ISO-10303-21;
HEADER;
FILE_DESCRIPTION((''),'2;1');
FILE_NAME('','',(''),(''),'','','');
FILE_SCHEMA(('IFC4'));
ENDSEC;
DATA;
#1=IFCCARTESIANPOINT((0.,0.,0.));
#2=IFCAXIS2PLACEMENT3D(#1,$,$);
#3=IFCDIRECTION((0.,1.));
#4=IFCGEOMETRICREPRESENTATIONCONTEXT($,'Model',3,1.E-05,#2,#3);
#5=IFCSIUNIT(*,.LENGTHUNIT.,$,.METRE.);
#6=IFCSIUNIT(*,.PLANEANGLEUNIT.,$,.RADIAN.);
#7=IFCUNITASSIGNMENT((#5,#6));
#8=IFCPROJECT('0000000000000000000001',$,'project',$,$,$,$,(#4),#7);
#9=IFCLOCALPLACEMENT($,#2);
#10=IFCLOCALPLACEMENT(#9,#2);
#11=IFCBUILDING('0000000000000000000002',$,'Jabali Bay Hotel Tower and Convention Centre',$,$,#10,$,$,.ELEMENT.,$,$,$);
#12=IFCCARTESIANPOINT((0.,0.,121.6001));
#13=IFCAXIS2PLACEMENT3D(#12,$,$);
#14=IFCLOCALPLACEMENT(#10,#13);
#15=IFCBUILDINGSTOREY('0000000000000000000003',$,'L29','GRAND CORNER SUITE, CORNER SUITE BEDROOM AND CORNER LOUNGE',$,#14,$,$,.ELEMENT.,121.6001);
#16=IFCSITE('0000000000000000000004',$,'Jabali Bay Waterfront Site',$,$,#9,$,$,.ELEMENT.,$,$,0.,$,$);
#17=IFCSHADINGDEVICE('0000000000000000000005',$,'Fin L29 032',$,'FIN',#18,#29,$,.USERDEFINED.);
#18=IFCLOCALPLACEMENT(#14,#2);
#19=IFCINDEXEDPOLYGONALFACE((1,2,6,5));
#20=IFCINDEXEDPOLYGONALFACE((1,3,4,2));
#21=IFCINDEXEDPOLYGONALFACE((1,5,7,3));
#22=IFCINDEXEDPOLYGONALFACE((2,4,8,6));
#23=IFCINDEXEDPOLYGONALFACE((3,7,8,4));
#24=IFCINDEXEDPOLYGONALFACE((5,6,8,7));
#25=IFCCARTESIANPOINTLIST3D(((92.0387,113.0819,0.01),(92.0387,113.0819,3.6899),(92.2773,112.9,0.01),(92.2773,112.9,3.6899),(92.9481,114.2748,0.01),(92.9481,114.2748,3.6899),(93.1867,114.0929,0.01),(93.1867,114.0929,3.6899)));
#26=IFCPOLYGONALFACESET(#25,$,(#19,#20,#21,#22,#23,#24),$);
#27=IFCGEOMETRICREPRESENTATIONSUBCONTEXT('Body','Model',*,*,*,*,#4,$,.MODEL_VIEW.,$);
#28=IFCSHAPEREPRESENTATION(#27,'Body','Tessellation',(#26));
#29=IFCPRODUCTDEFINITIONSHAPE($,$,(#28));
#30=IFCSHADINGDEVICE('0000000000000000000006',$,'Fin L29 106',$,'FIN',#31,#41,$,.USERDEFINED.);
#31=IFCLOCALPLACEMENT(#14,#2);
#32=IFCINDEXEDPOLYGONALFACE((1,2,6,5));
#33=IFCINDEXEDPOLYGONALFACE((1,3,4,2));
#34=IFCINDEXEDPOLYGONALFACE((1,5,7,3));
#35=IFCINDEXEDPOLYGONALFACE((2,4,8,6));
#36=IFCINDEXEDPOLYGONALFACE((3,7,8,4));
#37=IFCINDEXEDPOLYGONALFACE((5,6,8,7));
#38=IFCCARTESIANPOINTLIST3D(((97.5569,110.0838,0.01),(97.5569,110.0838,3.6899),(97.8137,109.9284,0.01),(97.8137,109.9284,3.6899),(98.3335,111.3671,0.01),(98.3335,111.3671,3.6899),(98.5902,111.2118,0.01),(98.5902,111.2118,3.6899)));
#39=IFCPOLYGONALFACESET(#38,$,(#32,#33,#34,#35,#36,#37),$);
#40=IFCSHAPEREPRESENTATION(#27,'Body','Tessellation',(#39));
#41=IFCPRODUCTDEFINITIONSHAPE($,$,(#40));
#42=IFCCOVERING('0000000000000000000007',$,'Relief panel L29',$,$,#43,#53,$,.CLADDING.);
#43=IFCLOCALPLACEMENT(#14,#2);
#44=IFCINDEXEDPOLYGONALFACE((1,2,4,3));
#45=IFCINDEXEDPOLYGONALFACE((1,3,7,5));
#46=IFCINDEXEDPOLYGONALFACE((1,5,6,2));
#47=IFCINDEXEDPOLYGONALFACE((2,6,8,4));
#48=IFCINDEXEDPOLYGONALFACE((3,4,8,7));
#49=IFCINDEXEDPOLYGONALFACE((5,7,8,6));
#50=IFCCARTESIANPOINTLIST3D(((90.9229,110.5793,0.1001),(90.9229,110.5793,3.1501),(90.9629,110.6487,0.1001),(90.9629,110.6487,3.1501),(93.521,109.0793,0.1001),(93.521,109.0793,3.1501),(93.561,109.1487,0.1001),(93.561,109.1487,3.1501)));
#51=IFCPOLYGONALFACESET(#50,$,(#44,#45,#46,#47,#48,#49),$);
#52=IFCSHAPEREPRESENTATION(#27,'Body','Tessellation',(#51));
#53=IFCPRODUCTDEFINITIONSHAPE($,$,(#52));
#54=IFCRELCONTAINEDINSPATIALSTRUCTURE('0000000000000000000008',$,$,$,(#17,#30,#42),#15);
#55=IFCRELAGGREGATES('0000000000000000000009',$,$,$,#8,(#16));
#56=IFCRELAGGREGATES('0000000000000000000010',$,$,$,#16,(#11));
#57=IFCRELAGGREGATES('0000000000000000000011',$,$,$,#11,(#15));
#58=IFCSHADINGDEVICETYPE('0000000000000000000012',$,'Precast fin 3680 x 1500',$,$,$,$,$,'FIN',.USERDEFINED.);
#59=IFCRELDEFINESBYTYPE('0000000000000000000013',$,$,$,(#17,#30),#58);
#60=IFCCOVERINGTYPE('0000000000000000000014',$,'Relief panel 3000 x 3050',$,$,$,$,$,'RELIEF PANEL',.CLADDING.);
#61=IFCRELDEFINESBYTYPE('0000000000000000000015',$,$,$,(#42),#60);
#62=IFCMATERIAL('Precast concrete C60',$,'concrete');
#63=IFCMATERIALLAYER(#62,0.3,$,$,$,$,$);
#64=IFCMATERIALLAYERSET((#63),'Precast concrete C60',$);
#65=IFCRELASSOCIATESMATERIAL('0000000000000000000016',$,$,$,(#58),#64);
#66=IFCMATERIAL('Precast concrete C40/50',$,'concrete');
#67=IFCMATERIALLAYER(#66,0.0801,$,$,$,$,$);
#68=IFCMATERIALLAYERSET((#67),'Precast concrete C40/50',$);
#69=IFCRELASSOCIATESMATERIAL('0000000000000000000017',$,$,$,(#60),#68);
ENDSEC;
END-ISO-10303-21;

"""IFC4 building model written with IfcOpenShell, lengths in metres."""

from ifc_helpers import new_model, si_unit, direction, frame, frame_2d, origin, origin_2d, place, context, subcontext, project, spatial, rectangle, extrude, material, layer, layer_set, type_object, element, save


model = new_model("IFC4")

# Units and contexts
model_context = context("Model", 3, precision=1e-05, world=origin(), true_north=direction((0.0, 1.0)))
body_context = subcontext(model_context, "Body", "Model", "MODEL_VIEW")
ifc_project = project(units=[si_unit("LENGTHUNIT", "METRE"), si_unit("PLANEANGLEUNIT", "RADIAN")], contexts=[model_context])

# Site, building, storey
site_placement = place(None, origin())
site = spatial("IfcSite", under=ifc_project, at=site_placement, Name="Jabali Bay Waterfront Site", CompositionType="ELEMENT", RefElevation=0.0)
building_placement = place(site_placement, origin())
building = spatial("IfcBuilding", under=site, at=building_placement, Name="Jabali Bay Hotel Tower and Convention Centre", CompositionType="ELEMENT")
storey_placement = place(building_placement, frame((0.0, 0.0, 121.6001)))
storey = spatial("IfcBuildingStorey", under=building, at=storey_placement, Name="L29", Description="GRAND CORNER SUITE, CORNER SUITE BEDROOM AND CORNER LOUNGE", CompositionType="ELEMENT", Elevation=121.6001)

# Shading devices
ifc_material_1 = material(Name="Precast concrete C60", Category="concrete")
ifc_layer_1 = layer(ifc_material_1, 0.3)
ifc_layer_set_1 = layer_set([ifc_layer_1], Name="Precast concrete C60")
shading_device_type = type_object("IfcShadingDeviceType", Name="Precast fin 3680 x 1500", ElementType="FIN", PredefinedType="USERDEFINED", material=ifc_layer_set_1)
for number, where, z_axis, x_axis, name in (
    (1, (92.158, 112.991, 0.01), (0.0, 0.0, 1.0), (0.606283, 0.795249, 0.0), "Fin L29 032"),
    (2, (97.6853, 110.0061, 0.01), (0.0, 0.0, 1.0), (0.517699, 0.855563, 0.0), "Fin L29 106"),
):
    element("IfcShadingDevice", number, at=place(storey_placement, frame(where, z_axis=z_axis, x_axis=x_axis)), inside=storey, type_object=shading_device_type, Name=name, ObjectType="FIN", PredefinedType="USERDEFINED", context=body_context, shape_type="SweptSolid", body=[
        extrude(rectangle(XDim=1.5, YDim=0.3, at=frame_2d((0.75, 0.0))), origin(), (0.0, 0.0, 1.0), 3.6799),
    ])

# Covering
ifc_material_2 = material(Name="Precast concrete C40/50", Category="concrete")
ifc_layer_2 = layer(ifc_material_2, 0.0801)
ifc_layer_set_2 = layer_set([ifc_layer_2], Name="Precast concrete C40/50")
covering_type = type_object("IfcCoveringType", Name="Relief panel 3000 x 3050", ElementType="RELIEF PANEL", PredefinedType="CLADDING", material=ifc_layer_set_2)
covering_placement = place(storey_placement, frame((92.2419, 109.864, 0.1001), z_axis=(0.0, 0.0, 1.0), x_axis=(0.866025, -0.5, 0.0)))
element("IfcCovering", 3, at=covering_placement, inside=storey, type_object=covering_type, Name="Relief panel L29", PredefinedType="CLADDING", context=body_context, shape_type="SweptSolid", body=[
    extrude(rectangle(XDim=3.0, YDim=0.0801, at=origin_2d()), origin(), (0.0, 0.0, 1.0), 3.05),
])

save(model, "model.ifc")
